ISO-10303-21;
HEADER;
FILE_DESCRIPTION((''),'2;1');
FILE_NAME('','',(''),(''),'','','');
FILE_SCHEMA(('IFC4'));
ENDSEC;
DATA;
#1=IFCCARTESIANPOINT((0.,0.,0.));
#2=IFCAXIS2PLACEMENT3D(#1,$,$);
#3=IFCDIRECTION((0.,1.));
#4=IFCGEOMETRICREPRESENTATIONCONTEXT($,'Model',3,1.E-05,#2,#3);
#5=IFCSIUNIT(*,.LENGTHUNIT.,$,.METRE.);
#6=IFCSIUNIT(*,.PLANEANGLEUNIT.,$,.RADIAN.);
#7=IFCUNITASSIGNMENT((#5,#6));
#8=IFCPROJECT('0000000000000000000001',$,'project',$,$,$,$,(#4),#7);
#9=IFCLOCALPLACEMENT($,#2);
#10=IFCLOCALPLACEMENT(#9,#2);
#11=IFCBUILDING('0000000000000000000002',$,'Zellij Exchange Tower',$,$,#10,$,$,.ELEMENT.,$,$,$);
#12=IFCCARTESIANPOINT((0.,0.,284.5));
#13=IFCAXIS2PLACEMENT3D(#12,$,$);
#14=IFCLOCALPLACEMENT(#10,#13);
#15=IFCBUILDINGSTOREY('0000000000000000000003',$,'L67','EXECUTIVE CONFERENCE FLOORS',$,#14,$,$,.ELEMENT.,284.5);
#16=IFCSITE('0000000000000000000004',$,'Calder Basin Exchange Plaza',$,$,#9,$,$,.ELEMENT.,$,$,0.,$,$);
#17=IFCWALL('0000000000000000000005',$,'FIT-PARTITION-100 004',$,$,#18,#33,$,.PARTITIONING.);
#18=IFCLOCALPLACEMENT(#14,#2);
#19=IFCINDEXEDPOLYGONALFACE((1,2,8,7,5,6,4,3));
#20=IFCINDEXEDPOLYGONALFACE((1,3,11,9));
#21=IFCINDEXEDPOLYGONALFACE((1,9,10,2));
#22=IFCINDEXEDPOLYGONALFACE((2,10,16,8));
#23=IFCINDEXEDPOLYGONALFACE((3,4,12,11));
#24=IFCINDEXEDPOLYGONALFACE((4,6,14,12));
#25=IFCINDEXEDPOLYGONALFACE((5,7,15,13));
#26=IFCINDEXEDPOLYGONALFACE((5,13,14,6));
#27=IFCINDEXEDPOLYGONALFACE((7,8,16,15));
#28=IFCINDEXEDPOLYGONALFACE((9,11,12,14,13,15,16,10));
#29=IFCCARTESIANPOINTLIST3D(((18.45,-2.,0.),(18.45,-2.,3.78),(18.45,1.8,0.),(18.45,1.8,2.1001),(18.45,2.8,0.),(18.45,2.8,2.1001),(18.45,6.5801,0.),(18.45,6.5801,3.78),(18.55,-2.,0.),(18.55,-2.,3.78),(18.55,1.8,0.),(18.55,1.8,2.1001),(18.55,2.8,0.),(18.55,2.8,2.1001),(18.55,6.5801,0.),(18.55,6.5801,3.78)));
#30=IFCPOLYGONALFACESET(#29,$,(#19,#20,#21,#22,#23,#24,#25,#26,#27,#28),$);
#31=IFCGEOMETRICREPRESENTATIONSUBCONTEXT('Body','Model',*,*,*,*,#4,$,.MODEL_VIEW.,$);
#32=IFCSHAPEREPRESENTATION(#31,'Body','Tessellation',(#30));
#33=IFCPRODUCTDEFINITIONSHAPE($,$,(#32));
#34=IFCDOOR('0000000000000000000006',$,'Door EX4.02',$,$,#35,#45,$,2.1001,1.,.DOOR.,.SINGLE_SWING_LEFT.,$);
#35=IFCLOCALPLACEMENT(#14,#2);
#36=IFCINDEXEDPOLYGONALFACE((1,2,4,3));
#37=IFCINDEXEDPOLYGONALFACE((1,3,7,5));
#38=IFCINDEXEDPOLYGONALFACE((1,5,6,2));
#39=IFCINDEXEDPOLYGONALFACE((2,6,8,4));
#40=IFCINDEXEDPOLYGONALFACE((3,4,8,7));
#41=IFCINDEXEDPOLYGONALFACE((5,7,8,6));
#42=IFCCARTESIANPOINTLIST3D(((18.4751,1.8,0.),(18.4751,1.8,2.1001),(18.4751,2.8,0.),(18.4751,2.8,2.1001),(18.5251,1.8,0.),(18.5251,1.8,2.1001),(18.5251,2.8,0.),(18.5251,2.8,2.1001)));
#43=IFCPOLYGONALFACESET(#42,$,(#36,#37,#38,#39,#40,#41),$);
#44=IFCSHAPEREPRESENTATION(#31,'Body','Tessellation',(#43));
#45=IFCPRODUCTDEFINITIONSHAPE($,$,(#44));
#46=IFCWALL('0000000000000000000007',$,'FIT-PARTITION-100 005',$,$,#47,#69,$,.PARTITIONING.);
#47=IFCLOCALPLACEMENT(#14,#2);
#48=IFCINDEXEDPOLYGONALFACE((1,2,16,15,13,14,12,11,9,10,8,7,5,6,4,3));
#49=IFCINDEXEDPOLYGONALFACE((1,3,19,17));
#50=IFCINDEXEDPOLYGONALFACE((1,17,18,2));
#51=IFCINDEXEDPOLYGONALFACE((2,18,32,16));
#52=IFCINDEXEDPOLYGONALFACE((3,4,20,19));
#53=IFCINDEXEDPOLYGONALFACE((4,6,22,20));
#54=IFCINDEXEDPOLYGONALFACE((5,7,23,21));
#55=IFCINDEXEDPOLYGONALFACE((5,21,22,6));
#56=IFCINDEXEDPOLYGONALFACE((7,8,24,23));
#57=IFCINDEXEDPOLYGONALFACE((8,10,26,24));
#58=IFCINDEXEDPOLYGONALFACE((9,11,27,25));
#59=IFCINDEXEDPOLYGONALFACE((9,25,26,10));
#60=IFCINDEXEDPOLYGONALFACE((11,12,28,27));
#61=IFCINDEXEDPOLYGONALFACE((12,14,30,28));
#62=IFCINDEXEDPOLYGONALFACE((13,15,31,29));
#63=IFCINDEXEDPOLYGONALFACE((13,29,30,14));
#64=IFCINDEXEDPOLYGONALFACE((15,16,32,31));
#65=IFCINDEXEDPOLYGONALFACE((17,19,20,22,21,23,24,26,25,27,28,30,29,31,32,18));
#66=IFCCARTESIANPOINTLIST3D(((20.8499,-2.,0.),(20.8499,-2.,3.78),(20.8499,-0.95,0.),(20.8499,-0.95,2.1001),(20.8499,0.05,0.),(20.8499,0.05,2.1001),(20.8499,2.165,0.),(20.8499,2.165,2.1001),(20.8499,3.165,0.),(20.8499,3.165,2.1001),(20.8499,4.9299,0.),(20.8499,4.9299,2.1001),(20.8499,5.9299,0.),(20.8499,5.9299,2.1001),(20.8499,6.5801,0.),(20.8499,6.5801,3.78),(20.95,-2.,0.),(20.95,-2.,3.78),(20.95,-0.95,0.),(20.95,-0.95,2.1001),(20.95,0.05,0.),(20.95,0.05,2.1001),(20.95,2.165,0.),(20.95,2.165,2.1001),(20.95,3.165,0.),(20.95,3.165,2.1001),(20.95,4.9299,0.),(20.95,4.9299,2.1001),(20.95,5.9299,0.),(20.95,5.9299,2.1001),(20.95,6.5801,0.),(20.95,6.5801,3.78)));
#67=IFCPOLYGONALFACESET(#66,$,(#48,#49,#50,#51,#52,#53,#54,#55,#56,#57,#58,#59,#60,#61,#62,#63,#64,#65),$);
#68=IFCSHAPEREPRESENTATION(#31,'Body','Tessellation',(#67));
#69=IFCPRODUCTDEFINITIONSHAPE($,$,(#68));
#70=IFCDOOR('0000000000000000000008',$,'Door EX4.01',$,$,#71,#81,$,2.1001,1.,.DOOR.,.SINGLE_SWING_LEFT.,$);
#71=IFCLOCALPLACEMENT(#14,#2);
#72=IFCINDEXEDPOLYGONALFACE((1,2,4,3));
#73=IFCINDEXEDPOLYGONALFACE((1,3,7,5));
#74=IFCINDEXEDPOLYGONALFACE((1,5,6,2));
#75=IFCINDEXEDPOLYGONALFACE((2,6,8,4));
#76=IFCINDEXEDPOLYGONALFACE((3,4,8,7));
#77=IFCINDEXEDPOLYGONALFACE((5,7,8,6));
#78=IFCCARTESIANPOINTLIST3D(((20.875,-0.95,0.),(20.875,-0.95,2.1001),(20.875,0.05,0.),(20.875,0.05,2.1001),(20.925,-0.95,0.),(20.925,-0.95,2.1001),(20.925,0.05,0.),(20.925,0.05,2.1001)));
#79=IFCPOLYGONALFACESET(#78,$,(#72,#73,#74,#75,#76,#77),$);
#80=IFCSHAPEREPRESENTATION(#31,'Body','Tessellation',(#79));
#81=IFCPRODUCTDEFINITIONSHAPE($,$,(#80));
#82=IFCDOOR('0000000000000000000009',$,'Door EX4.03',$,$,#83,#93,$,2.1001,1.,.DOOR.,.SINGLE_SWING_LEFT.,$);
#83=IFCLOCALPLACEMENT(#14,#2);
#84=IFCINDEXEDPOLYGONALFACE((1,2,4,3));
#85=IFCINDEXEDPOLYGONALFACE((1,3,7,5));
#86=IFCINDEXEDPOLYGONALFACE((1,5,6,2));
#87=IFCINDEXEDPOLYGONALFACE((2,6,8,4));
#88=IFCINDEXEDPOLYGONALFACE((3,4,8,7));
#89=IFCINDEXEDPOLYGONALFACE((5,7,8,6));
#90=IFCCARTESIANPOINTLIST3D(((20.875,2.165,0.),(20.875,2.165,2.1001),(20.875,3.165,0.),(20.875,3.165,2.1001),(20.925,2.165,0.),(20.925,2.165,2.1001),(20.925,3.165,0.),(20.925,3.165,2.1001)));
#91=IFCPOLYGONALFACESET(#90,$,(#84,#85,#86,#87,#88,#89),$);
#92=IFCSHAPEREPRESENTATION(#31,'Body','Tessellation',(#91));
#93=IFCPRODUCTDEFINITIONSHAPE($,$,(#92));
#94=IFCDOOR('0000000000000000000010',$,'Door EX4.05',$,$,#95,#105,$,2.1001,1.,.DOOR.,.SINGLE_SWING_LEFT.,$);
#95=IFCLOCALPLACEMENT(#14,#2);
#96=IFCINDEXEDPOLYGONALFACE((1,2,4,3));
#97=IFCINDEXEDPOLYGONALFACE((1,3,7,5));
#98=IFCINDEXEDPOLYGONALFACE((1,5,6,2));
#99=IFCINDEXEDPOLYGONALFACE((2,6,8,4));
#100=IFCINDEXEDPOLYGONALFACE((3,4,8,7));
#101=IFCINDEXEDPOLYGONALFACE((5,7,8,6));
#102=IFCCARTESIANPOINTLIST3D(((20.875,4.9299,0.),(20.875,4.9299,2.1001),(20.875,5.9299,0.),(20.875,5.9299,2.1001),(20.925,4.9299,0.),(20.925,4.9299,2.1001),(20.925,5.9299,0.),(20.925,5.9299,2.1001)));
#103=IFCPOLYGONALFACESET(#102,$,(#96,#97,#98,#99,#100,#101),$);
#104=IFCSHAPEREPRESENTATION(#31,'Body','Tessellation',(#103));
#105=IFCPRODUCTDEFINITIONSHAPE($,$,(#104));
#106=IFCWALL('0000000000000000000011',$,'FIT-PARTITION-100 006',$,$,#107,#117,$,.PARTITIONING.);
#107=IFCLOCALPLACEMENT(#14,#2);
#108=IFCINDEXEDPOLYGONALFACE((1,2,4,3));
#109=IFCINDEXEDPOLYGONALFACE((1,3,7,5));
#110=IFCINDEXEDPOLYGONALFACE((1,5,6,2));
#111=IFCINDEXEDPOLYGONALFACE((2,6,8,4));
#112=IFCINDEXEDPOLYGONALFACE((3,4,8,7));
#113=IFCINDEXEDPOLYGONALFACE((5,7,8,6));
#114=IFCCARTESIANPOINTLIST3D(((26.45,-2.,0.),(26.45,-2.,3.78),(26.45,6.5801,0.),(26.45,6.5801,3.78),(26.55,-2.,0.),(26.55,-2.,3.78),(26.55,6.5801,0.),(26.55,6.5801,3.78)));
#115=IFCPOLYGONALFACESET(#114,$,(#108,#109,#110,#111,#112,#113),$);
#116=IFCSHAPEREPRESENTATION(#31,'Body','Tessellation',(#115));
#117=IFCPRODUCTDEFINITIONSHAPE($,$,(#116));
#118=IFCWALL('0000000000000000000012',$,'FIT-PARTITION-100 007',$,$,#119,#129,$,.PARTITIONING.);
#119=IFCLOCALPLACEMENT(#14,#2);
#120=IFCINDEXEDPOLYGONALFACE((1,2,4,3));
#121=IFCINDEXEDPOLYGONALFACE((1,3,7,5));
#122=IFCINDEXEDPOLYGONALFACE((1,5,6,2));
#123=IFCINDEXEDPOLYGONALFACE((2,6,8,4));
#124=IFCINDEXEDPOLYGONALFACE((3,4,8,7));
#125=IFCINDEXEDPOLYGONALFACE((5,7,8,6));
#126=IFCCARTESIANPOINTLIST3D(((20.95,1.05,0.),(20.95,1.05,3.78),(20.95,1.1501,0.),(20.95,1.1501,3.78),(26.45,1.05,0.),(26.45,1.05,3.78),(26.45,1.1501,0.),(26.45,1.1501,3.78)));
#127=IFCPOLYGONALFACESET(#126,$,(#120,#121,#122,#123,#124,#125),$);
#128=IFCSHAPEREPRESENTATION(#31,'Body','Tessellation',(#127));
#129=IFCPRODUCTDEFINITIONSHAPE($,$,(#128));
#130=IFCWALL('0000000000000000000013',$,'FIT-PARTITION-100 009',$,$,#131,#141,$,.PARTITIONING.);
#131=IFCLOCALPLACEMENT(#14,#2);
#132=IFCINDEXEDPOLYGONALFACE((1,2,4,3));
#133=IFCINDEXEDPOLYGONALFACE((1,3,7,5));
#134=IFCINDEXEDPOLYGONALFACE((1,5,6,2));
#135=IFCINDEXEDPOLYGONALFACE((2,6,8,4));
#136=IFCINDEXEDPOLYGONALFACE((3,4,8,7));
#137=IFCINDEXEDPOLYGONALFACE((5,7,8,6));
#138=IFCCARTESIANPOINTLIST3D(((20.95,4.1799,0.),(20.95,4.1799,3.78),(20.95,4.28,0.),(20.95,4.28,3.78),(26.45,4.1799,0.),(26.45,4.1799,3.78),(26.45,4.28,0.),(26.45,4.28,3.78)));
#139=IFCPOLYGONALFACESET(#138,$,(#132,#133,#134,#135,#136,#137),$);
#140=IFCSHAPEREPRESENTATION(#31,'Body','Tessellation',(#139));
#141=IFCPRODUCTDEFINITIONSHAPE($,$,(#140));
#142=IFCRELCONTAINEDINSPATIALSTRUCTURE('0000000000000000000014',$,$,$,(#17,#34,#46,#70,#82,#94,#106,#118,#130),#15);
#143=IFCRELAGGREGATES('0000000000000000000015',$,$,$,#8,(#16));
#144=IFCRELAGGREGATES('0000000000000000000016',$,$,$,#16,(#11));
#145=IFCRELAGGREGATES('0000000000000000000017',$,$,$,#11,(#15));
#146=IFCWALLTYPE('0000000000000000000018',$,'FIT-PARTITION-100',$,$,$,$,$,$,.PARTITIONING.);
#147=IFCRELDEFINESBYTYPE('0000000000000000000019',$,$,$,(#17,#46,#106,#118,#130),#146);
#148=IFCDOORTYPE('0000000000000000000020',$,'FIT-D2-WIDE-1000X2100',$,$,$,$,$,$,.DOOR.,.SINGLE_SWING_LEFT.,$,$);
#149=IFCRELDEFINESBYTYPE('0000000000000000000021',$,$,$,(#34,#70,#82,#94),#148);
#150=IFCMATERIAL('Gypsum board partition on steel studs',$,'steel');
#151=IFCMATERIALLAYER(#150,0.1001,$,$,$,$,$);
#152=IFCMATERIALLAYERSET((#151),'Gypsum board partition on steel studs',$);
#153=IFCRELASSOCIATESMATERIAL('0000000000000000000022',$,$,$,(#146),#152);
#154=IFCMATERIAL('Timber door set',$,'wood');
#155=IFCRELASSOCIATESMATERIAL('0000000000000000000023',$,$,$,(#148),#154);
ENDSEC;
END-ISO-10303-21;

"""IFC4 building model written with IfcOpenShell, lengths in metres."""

from ifc_helpers import new_model, si_unit, direction, frame, frame_2d, origin, place, context, subcontext, project, spatial, rectangle, extrude, material, layer, layer_set, type_object, element, fill, save


model = new_model("IFC4")

# Units and contexts
model_context = context("Model", 3, precision=1e-05, world=origin(), true_north=direction((0.0, 1.0)))
body_context = subcontext(model_context, "Body", "Model", "MODEL_VIEW")
ifc_project = project(units=[si_unit("LENGTHUNIT", "METRE"), si_unit("PLANEANGLEUNIT", "RADIAN")], contexts=[model_context])

# Site, building, storey
site_placement = place(None, origin())
site = spatial("IfcSite", under=ifc_project, at=site_placement, Name="Calder Basin Exchange Plaza", CompositionType="ELEMENT", RefElevation=0.0)
building_placement = place(site_placement, origin())
building = spatial("IfcBuilding", under=site, at=building_placement, Name="Zellij Exchange Tower", CompositionType="ELEMENT")
storey_placement = place(building_placement, frame((0.0, 0.0, 284.5)))
storey = spatial("IfcBuildingStorey", under=building, at=storey_placement, Name="L67", Description="EXECUTIVE CONFERENCE FLOORS", CompositionType="ELEMENT", Elevation=284.5)

# Wall, opening, door
ifc_material_1 = material(Name="Gypsum board partition on steel studs", Category="steel")
ifc_layer_1 = layer(ifc_material_1, 0.1001)
ifc_layer_set_1 = layer_set([ifc_layer_1], Name="Gypsum board partition on steel studs")
wall_type_1 = type_object("IfcWallType", Name="FIT-PARTITION-100", PredefinedType="PARTITIONING", material=ifc_layer_set_1)
wall_1_placement = place(storey_placement, frame((18.5, -2.0, 0.0), z_axis=(0.0, 0.0, 1.0), x_axis=(0.0, 1.0, 0.0)))
wall_1 = element("IfcWall", 1, at=wall_1_placement, inside=storey, type_object=wall_type_1, Name="FIT-PARTITION-100 004", PredefinedType="PARTITIONING", context=body_context, shape_type="SweptSolid", body=[
    extrude(rectangle(XDim=8.5801, YDim=0.1001, at=frame_2d((4.29, 0.0))), origin(), (0.0, 0.0, 1.0), 3.78),
])
opening_1_placement = place(wall_1_placement, frame((3.8, 0.0, 0.0)))
opening_1 = element("IfcOpeningElement", 2, at=opening_1_placement, cuts=wall_1, PredefinedType="OPENING", context=body_context, shape_type="SweptSolid", body=[
    extrude(rectangle(XDim=1.0, YDim=2.1001, at=frame_2d((0.5, 1.05))), frame((0.0, 0.062, 0.0), z_axis=(0.0, -1.0, 0.0), x_axis=(1.0, 0.0, 0.0)), (0.0, 0.0, 1.0), 0.124),
])
ifc_material_2 = material(Name="Timber door set", Category="wood")
door_type_1 = type_object("IfcDoorType", Name="FIT-D2-WIDE-1000X2100", OperationType="SINGLE_SWING_LEFT", PredefinedType="DOOR", material=ifc_material_2)
door_1_placement = place(opening_1_placement, origin())
door_1 = element("IfcDoor", 3, at=door_1_placement, inside=storey, type_object=door_type_1, Name="Door EX4.02", OperationType="SINGLE_SWING_LEFT", OverallHeight=2.1001, OverallWidth=1.0, PredefinedType="DOOR", context=body_context, shape_type="SweptSolid", body=[
    extrude(rectangle(XDim=1.0, YDim=2.1001, at=frame_2d((0.5, 1.05))), frame((0.0, 0.0249, 0.0), z_axis=(0.0, -1.0, 0.0), x_axis=(1.0, 0.0, 0.0)), (0.0, 0.0, 1.0), 0.05),
])
fill(opening_1, door_1)

# Wall, openings, doors
wall_2_placement = place(storey_placement, frame((20.8999, -2.0, 0.0), z_axis=(0.0, 0.0, 1.0), x_axis=(0.0, 1.0, 0.0)))
wall_2 = element("IfcWall", 4, at=wall_2_placement, inside=storey, type_object=wall_type_1, Name="FIT-PARTITION-100 005", PredefinedType="PARTITIONING", context=body_context, shape_type="SweptSolid", body=[
    extrude(rectangle(XDim=8.5801, YDim=0.1001, at=frame_2d((4.29, 0.0))), origin(), (0.0, 0.0, 1.0), 3.78),
])
opening_2_placement = place(wall_2_placement, frame((1.05, 0.0, 0.0)))
opening_2 = element("IfcOpeningElement", 5, at=opening_2_placement, cuts=wall_2, PredefinedType="OPENING", context=body_context, shape_type="SweptSolid", body=[
    extrude(rectangle(XDim=1.0, YDim=2.1001, at=frame_2d((0.5, 1.05))), frame((0.0, 0.062, 0.0), z_axis=(0.0, -1.0, 0.0), x_axis=(1.0, 0.0, 0.0)), (0.0, 0.0, 1.0), 0.124),
])
opening_3_placement = place(wall_2_placement, frame((4.165, 0.0, 0.0)))
opening_3 = element("IfcOpeningElement", 6, at=opening_3_placement, cuts=wall_2, PredefinedType="OPENING", context=body_context, shape_type="SweptSolid", body=[
    extrude(rectangle(XDim=1.0, YDim=2.1001, at=frame_2d((0.5, 1.05))), frame((0.0, 0.062, 0.0), z_axis=(0.0, -1.0, 0.0), x_axis=(1.0, 0.0, 0.0)), (0.0, 0.0, 1.0), 0.124),
])
opening_4_placement = place(wall_2_placement, frame((6.9299, 0.0, 0.0)))
opening_4 = element("IfcOpeningElement", 7, at=opening_4_placement, cuts=wall_2, PredefinedType="OPENING", context=body_context, shape_type="SweptSolid", body=[
    extrude(rectangle(XDim=1.0, YDim=2.1001, at=frame_2d((0.5, 1.05))), frame((0.0, 0.062, 0.0), z_axis=(0.0, -1.0, 0.0), x_axis=(1.0, 0.0, 0.0)), (0.0, 0.0, 1.0), 0.124),
])
door_2_placement = place(opening_2_placement, origin())
door_2 = element("IfcDoor", 8, at=door_2_placement, inside=storey, type_object=door_type_1, Name="Door EX4.01", OperationType="SINGLE_SWING_LEFT", OverallHeight=2.1001, OverallWidth=1.0, PredefinedType="DOOR", context=body_context, shape_type="SweptSolid", body=[
    extrude(rectangle(XDim=1.0, YDim=2.1001, at=frame_2d((0.5, 1.05))), frame((0.0, 0.0249, 0.0), z_axis=(0.0, -1.0, 0.0), x_axis=(1.0, 0.0, 0.0)), (0.0, 0.0, 1.0), 0.05),
])
fill(opening_2, door_2)
door_3_placement = place(opening_3_placement, origin())
door_3 = element("IfcDoor", 9, at=door_3_placement, inside=storey, type_object=door_type_1, Name="Door EX4.03", OperationType="SINGLE_SWING_LEFT", OverallHeight=2.1001, OverallWidth=1.0, PredefinedType="DOOR", context=body_context, shape_type="SweptSolid", body=[
    extrude(rectangle(XDim=1.0, YDim=2.1001, at=frame_2d((0.5, 1.05))), frame((0.0, 0.0249, 0.0), z_axis=(0.0, -1.0, 0.0), x_axis=(1.0, 0.0, 0.0)), (0.0, 0.0, 1.0), 0.05),
])
fill(opening_3, door_3)
door_4_placement = place(opening_4_placement, origin())
door_4 = element("IfcDoor", 10, at=door_4_placement, inside=storey, type_object=door_type_1, Name="Door EX4.05", OperationType="SINGLE_SWING_LEFT", OverallHeight=2.1001, OverallWidth=1.0, PredefinedType="DOOR", context=body_context, shape_type="SweptSolid", body=[
    extrude(rectangle(XDim=1.0, YDim=2.1001, at=frame_2d((0.5, 1.05))), frame((0.0, 0.0249, 0.0), z_axis=(0.0, -1.0, 0.0), x_axis=(1.0, 0.0, 0.0)), (0.0, 0.0, 1.0), 0.05),
])
fill(opening_4, door_4)

# Walls
wall_3_placement = place(storey_placement, frame((26.5, -2.0, 0.0), z_axis=(0.0, 0.0, 1.0), x_axis=(0.0, 1.0, 0.0)))
element("IfcWall", 11, at=wall_3_placement, inside=storey, type_object=wall_type_1, Name="FIT-PARTITION-100 006", PredefinedType="PARTITIONING", context=body_context, shape_type="SweptSolid", body=[
    extrude(rectangle(XDim=8.5801, YDim=0.1001, at=frame_2d((4.29, 0.0))), origin(), (0.0, 0.0, 1.0), 3.78),
])
for number, where, z_axis, x_axis, name in (
    (12, (20.95, 1.1001, 0.0), (0.0, 0.0, 1.0), (1.0, 0.0, 0.0), "FIT-PARTITION-100 007"),
    (13, (20.95, 4.23, 0.0), (0.0, 0.0, 1.0), (1.0, 0.0, 0.0), "FIT-PARTITION-100 009"),
):
    element("IfcWall", number, at=place(storey_placement, frame(where, z_axis=z_axis, x_axis=x_axis)), inside=storey, type_object=wall_type_1, Name=name, PredefinedType="PARTITIONING", context=body_context, shape_type="SweptSolid", body=[
        extrude(rectangle(XDim=5.5, YDim=0.1001, at=frame_2d((2.75, 0.0))), origin(), (0.0, 0.0, 1.0), 3.78),
    ])

save(model, "model.ifc")
